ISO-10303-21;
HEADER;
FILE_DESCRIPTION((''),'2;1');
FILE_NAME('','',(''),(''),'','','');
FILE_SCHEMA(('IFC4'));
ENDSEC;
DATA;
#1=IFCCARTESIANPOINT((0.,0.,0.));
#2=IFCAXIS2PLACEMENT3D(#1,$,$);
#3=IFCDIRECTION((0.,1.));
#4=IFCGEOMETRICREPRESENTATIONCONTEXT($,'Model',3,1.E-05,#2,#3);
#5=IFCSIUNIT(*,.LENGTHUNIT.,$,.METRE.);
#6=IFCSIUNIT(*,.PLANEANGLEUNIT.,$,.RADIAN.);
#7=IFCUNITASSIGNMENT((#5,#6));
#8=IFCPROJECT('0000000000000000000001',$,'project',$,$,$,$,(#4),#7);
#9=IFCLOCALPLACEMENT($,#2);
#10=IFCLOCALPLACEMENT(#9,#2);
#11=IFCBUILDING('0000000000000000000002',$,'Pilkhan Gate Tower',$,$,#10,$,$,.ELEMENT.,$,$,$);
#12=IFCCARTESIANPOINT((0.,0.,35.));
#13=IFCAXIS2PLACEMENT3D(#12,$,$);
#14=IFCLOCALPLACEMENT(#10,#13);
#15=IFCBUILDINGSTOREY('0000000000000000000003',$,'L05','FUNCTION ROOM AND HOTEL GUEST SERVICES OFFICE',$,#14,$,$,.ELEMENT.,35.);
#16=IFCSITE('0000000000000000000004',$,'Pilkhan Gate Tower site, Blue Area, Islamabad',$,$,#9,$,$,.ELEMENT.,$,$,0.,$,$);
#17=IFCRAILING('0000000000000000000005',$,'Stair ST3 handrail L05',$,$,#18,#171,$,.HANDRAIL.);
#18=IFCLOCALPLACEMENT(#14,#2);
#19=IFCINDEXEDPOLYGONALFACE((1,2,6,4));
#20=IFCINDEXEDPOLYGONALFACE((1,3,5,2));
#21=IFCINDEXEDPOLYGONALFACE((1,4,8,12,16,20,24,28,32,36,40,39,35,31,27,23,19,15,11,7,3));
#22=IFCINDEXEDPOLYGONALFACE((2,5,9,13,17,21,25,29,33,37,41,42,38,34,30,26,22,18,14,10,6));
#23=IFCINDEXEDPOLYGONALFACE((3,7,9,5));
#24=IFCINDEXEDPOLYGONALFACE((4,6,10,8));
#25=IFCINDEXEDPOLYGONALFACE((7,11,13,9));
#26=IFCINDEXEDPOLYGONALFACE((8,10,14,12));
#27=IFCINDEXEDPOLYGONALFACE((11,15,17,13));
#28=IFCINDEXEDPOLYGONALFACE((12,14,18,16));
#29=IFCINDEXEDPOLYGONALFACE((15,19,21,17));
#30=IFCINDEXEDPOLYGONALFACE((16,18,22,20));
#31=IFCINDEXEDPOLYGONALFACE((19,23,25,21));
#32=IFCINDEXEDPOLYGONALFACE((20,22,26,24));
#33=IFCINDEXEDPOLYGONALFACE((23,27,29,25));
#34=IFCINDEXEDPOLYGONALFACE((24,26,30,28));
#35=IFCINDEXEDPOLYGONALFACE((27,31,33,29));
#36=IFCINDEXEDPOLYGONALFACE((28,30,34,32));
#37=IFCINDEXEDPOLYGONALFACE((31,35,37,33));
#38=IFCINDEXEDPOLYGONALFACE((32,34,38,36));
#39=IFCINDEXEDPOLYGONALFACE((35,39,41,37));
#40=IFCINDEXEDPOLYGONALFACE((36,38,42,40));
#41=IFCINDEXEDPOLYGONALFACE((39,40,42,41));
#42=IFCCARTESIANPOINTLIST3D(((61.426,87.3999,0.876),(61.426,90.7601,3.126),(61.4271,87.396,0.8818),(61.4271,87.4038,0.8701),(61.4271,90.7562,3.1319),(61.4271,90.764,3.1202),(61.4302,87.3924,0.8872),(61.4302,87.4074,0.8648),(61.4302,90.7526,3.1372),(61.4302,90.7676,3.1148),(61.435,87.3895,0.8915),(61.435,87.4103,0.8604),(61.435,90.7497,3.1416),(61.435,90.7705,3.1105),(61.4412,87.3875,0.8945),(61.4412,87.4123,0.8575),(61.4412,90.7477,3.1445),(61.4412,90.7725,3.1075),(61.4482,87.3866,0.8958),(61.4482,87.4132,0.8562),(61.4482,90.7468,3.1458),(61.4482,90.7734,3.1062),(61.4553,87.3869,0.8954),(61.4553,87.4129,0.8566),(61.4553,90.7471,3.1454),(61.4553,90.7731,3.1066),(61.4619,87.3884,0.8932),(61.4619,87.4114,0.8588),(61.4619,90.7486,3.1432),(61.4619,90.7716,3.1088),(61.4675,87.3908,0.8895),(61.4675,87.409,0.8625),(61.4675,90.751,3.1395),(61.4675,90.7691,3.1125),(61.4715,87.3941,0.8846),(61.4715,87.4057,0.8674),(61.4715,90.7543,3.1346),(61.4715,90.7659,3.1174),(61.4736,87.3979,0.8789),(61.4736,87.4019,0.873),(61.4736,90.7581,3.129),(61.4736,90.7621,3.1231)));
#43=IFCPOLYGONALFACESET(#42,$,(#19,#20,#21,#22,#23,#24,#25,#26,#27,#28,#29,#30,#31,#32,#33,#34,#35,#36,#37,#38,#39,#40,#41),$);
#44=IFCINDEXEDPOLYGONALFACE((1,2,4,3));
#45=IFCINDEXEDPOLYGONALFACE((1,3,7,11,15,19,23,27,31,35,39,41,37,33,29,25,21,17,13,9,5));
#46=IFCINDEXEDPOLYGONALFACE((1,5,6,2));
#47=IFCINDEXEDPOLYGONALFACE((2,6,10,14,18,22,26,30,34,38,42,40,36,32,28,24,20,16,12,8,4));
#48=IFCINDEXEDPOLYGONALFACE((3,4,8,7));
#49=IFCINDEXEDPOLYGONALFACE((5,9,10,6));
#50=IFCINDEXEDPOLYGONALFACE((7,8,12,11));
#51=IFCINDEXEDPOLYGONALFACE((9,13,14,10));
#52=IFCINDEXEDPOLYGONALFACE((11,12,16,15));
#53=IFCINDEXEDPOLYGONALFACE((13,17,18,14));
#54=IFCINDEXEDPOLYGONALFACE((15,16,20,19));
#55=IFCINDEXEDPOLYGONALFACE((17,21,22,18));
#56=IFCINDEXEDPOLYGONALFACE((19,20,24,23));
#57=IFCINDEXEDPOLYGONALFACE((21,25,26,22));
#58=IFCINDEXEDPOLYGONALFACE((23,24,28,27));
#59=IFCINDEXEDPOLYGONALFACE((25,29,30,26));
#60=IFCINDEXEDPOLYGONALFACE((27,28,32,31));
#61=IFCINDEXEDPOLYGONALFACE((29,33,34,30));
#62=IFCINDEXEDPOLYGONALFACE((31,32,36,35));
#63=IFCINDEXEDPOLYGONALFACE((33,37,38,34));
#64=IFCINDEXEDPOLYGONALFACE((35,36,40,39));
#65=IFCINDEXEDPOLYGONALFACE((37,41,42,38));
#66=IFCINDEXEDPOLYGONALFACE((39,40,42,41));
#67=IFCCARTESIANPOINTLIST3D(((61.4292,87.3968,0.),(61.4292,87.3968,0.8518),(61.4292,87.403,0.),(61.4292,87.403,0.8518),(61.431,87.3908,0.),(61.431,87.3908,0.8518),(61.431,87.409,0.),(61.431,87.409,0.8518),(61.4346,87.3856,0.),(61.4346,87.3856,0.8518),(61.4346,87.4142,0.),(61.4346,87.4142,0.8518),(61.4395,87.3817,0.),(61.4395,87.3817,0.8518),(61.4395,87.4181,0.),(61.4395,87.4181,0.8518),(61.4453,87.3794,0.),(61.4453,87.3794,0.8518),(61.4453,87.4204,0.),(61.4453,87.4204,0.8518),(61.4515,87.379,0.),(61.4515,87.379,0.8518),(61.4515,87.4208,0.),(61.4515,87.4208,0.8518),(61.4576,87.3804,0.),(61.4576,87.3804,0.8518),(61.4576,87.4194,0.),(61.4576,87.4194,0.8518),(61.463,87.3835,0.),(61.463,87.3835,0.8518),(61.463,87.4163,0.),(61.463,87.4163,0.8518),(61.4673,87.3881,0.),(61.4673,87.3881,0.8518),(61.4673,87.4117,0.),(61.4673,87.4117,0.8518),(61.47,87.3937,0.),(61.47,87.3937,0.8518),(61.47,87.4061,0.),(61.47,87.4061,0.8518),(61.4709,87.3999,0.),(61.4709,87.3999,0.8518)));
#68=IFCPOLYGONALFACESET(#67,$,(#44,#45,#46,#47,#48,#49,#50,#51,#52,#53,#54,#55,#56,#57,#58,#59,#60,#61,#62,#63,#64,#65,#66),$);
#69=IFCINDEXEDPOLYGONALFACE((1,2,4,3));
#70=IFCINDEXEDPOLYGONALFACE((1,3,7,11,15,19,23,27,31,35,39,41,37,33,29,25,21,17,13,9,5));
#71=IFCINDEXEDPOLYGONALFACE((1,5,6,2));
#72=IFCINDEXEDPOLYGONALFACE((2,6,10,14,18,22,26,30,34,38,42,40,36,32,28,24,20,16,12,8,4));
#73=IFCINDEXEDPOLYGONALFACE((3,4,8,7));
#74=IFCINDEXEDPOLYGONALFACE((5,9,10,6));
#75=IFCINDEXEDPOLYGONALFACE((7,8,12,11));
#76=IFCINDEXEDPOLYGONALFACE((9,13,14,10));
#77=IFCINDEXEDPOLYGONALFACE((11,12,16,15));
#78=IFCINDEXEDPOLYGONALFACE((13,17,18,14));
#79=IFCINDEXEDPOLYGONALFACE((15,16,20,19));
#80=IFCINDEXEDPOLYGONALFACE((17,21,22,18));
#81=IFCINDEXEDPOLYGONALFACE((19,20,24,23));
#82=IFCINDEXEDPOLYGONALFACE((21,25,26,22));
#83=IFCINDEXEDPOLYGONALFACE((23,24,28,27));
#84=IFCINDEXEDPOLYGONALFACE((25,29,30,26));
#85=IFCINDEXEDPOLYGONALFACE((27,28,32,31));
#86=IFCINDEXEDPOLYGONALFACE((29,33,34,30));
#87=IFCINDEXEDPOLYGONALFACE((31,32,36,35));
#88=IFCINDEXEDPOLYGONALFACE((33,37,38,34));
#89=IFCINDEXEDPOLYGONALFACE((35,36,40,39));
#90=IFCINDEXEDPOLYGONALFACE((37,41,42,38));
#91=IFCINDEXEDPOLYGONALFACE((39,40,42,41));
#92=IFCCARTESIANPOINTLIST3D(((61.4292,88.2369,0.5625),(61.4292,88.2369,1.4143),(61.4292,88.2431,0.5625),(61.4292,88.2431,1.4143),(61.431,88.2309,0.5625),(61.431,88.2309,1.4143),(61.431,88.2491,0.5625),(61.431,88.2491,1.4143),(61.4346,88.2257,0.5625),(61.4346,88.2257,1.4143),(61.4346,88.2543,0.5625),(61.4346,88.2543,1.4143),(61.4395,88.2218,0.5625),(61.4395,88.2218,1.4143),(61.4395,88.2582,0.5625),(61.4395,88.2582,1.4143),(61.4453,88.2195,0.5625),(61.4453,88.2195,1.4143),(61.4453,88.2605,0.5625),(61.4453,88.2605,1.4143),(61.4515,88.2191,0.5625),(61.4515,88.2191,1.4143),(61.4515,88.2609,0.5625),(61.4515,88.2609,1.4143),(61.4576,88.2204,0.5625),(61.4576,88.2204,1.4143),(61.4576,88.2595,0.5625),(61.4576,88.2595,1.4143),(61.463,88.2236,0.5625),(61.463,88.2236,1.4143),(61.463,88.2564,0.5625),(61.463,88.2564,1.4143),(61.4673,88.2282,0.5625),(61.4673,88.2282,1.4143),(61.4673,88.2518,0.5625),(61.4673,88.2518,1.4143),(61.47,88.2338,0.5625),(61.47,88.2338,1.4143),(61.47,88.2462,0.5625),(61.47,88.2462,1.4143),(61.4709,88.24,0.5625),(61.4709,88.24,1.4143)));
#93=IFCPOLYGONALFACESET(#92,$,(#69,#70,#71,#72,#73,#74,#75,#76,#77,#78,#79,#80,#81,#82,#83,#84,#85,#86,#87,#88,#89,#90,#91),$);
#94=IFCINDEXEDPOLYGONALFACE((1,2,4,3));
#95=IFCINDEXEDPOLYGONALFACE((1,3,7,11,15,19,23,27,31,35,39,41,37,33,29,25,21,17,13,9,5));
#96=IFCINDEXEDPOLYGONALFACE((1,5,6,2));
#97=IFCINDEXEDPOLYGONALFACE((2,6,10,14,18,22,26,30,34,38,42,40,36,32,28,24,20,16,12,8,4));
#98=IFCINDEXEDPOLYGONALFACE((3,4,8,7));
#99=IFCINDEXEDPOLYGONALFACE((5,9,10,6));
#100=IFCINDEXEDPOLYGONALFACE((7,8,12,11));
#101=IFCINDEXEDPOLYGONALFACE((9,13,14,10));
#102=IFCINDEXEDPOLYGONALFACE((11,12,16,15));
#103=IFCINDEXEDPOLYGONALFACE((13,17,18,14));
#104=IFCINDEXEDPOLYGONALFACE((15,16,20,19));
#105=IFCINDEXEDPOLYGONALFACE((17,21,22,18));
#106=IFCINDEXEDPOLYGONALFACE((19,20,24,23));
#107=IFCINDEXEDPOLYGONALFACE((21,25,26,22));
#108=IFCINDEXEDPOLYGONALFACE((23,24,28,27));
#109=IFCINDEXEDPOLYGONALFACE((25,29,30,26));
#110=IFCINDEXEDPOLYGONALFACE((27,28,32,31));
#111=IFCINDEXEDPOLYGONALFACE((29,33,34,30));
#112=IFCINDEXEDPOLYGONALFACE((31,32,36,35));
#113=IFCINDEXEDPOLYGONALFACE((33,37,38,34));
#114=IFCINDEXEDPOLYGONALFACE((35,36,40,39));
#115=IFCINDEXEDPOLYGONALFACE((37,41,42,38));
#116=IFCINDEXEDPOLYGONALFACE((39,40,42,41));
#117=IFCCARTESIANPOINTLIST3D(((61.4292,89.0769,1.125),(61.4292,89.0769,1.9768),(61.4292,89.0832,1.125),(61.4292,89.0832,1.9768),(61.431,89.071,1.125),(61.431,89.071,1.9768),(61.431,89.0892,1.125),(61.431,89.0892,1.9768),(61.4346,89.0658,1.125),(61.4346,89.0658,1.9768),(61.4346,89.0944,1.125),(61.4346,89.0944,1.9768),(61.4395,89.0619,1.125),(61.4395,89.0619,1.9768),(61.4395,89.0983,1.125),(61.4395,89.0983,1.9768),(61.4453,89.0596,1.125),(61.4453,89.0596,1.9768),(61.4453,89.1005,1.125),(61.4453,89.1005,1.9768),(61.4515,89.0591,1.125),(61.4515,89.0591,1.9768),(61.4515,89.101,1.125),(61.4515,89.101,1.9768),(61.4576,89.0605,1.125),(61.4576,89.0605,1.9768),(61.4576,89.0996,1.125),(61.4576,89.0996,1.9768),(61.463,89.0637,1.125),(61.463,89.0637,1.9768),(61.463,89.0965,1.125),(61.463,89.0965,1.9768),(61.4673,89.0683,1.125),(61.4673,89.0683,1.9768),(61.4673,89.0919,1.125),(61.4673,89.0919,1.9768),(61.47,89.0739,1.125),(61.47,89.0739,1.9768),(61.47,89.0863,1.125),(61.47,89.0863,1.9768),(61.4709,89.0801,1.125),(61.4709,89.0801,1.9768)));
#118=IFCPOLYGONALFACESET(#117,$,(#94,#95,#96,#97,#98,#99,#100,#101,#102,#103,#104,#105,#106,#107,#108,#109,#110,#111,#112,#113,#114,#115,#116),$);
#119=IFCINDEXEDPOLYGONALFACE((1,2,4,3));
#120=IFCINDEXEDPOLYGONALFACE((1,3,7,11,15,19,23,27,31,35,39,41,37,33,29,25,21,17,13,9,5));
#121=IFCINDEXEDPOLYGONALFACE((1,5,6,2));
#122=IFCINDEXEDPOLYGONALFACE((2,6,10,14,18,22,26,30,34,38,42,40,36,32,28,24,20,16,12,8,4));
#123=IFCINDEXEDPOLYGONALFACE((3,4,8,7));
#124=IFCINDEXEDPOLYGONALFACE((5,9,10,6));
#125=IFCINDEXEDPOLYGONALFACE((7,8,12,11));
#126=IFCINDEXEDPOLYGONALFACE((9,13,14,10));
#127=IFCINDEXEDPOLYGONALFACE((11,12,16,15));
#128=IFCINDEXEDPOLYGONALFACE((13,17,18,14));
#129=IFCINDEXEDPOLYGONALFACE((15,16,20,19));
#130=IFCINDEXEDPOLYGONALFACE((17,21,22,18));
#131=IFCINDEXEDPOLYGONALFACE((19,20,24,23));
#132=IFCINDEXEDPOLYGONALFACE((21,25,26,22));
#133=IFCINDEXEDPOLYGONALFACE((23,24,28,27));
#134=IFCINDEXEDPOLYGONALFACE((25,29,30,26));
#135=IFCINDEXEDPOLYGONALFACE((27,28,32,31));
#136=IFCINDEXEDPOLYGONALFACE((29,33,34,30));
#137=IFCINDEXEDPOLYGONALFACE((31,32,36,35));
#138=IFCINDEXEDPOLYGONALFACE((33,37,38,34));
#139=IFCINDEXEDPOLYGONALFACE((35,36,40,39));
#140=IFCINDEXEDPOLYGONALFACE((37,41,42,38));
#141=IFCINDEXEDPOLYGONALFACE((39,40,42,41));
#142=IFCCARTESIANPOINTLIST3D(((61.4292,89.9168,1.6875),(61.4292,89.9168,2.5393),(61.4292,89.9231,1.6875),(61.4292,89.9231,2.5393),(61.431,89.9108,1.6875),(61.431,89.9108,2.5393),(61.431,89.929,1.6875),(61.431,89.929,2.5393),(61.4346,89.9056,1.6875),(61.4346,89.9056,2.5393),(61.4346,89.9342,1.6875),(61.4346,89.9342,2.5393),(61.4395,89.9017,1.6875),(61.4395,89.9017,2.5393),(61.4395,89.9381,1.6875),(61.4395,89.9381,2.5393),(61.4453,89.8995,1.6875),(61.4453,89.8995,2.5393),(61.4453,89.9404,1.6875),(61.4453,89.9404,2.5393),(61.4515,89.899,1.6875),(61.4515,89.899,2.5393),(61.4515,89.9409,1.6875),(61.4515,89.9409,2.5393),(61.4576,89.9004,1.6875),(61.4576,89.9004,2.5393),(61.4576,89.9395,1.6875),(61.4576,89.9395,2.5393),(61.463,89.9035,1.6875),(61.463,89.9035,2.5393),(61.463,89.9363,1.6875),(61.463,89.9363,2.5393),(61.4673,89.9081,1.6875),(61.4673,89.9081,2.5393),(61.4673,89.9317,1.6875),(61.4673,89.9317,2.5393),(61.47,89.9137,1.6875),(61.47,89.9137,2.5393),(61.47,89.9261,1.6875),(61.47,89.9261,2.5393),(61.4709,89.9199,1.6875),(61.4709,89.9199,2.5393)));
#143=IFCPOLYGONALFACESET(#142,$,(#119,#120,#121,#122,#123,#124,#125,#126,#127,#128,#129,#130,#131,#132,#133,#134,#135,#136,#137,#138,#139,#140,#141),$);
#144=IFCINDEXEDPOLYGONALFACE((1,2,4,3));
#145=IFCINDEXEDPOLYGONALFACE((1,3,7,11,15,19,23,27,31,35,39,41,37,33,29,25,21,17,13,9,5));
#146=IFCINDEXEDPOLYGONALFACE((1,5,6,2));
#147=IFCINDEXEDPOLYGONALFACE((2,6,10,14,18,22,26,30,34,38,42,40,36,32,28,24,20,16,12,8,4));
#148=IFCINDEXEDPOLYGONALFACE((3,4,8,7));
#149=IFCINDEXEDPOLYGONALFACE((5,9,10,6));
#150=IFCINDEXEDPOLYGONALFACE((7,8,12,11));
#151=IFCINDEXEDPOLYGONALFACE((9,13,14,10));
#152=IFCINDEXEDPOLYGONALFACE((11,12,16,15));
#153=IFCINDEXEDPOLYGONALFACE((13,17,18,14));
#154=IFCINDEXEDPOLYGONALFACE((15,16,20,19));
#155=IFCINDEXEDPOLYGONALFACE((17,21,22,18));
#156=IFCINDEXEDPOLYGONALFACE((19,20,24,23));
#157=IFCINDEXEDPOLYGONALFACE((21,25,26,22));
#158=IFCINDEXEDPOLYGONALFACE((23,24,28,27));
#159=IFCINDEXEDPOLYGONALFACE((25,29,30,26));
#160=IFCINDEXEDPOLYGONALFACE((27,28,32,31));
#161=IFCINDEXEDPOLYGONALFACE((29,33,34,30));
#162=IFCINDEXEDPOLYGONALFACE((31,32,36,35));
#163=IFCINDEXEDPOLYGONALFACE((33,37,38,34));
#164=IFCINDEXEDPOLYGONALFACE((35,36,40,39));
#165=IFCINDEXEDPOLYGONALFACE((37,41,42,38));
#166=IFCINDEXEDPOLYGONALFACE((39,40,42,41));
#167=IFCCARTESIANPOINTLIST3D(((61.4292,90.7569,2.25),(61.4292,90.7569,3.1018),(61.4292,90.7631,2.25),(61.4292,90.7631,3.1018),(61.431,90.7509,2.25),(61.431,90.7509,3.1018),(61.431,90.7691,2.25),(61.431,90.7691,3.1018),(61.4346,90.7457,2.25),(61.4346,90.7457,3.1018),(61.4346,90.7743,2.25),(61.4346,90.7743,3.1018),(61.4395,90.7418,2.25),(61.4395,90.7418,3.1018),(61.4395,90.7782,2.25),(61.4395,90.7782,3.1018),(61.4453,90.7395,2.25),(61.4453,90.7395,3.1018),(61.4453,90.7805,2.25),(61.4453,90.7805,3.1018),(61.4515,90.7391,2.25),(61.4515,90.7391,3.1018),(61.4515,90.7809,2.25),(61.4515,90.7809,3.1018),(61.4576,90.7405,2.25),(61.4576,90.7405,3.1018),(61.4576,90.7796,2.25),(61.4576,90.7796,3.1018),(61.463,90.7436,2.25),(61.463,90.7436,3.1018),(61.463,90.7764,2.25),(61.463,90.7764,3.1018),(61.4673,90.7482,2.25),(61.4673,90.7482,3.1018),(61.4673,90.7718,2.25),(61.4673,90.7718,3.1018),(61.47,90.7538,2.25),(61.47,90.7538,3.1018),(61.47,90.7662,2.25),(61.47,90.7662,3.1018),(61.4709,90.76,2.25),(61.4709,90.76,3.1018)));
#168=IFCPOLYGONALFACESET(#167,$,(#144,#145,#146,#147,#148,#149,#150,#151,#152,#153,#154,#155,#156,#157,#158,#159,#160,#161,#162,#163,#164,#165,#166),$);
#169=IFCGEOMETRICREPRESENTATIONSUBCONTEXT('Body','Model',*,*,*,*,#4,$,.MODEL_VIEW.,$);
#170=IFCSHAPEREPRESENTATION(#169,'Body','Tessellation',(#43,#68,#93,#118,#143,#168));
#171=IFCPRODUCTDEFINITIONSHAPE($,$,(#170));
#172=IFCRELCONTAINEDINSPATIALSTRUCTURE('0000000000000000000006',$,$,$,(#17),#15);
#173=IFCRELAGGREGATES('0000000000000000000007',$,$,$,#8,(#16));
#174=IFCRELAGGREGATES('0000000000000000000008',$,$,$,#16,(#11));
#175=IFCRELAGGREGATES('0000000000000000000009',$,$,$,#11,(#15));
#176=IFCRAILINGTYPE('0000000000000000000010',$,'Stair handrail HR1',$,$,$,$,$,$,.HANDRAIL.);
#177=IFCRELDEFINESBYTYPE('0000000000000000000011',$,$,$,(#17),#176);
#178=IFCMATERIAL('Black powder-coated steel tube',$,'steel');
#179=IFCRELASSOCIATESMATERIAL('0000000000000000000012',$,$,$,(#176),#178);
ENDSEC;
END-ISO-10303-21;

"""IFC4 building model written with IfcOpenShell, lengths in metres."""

from ifc_helpers import new_model, si_unit, direction, frame, origin, origin_2d, place, context, subcontext, project, spatial, circle, extrude, material, type_object, element, save


model = new_model("IFC4")

# Units and contexts
model_context = context("Model", 3, precision=1e-05, world=origin(), true_north=direction((0.0, 1.0)))
body_context = subcontext(model_context, "Body", "Model", "MODEL_VIEW")
ifc_project = project(units=[si_unit("LENGTHUNIT", "METRE"), si_unit("PLANEANGLEUNIT", "RADIAN")], contexts=[model_context])

# Site, building, storey
site_placement = place(None, origin())
site = spatial("IfcSite", under=ifc_project, at=site_placement, Name="Pilkhan Gate Tower site, Blue Area, Islamabad", CompositionType="ELEMENT", RefElevation=0.0)
building_placement = place(site_placement, origin())
building = spatial("IfcBuilding", under=site, at=building_placement, Name="Pilkhan Gate Tower", CompositionType="ELEMENT")
storey_placement = place(building_placement, frame((0.0, 0.0, 35.0)))
storey = spatial("IfcBuildingStorey", under=building, at=storey_placement, Name="L05", Description="FUNCTION ROOM AND HOTEL GUEST SERVICES OFFICE", CompositionType="ELEMENT", Elevation=35.0)

# Railing
ifc_material_1 = material(Name="Black powder-coated steel tube", Category="steel")
railing_type_1 = type_object("IfcRailingType", Name="Stair handrail HR1", PredefinedType="HANDRAIL", material=ifc_material_1)
railing_1_placement = place(storey_placement, frame((61.45, 87.3999, 0.0)))
element("IfcRailing", 1, at=railing_1_placement, inside=storey, type_object=railing_type_1, Name="Stair ST3 handrail L05", PredefinedType="HANDRAIL", context=body_context, shape_type="SweptSolid", body=[
    extrude(circle(Radius=0.0239, at=origin_2d()), frame((0.0, 0.0, 0.876), z_axis=(0.0, 0.830915, 0.556399), x_axis=(-1.0, 0.0, 0.0)), (0.0, 0.0, 1.0), 4.0439),
    extrude(circle(Radius=0.021, at=origin_2d()), origin(), (0.0, 0.0, 1.0), 0.8518),
    extrude(circle(Radius=0.021, at=origin_2d()), frame((0.0, 0.8401, 0.5625)), (0.0, 0.0, 1.0), 0.8518),
    extrude(circle(Radius=0.021, at=origin_2d()), frame((0.0, 1.6802, 1.125)), (0.0, 0.0, 1.0), 0.8518),
    extrude(circle(Radius=0.021, at=origin_2d()), frame((0.0, 2.52, 1.6875)), (0.0, 0.0, 1.0), 0.8518),
    extrude(circle(Radius=0.021, at=origin_2d()), frame((0.0, 3.3601, 2.25)), (0.0, 0.0, 1.0), 0.8518),
])

save(model, "model.ifc")
